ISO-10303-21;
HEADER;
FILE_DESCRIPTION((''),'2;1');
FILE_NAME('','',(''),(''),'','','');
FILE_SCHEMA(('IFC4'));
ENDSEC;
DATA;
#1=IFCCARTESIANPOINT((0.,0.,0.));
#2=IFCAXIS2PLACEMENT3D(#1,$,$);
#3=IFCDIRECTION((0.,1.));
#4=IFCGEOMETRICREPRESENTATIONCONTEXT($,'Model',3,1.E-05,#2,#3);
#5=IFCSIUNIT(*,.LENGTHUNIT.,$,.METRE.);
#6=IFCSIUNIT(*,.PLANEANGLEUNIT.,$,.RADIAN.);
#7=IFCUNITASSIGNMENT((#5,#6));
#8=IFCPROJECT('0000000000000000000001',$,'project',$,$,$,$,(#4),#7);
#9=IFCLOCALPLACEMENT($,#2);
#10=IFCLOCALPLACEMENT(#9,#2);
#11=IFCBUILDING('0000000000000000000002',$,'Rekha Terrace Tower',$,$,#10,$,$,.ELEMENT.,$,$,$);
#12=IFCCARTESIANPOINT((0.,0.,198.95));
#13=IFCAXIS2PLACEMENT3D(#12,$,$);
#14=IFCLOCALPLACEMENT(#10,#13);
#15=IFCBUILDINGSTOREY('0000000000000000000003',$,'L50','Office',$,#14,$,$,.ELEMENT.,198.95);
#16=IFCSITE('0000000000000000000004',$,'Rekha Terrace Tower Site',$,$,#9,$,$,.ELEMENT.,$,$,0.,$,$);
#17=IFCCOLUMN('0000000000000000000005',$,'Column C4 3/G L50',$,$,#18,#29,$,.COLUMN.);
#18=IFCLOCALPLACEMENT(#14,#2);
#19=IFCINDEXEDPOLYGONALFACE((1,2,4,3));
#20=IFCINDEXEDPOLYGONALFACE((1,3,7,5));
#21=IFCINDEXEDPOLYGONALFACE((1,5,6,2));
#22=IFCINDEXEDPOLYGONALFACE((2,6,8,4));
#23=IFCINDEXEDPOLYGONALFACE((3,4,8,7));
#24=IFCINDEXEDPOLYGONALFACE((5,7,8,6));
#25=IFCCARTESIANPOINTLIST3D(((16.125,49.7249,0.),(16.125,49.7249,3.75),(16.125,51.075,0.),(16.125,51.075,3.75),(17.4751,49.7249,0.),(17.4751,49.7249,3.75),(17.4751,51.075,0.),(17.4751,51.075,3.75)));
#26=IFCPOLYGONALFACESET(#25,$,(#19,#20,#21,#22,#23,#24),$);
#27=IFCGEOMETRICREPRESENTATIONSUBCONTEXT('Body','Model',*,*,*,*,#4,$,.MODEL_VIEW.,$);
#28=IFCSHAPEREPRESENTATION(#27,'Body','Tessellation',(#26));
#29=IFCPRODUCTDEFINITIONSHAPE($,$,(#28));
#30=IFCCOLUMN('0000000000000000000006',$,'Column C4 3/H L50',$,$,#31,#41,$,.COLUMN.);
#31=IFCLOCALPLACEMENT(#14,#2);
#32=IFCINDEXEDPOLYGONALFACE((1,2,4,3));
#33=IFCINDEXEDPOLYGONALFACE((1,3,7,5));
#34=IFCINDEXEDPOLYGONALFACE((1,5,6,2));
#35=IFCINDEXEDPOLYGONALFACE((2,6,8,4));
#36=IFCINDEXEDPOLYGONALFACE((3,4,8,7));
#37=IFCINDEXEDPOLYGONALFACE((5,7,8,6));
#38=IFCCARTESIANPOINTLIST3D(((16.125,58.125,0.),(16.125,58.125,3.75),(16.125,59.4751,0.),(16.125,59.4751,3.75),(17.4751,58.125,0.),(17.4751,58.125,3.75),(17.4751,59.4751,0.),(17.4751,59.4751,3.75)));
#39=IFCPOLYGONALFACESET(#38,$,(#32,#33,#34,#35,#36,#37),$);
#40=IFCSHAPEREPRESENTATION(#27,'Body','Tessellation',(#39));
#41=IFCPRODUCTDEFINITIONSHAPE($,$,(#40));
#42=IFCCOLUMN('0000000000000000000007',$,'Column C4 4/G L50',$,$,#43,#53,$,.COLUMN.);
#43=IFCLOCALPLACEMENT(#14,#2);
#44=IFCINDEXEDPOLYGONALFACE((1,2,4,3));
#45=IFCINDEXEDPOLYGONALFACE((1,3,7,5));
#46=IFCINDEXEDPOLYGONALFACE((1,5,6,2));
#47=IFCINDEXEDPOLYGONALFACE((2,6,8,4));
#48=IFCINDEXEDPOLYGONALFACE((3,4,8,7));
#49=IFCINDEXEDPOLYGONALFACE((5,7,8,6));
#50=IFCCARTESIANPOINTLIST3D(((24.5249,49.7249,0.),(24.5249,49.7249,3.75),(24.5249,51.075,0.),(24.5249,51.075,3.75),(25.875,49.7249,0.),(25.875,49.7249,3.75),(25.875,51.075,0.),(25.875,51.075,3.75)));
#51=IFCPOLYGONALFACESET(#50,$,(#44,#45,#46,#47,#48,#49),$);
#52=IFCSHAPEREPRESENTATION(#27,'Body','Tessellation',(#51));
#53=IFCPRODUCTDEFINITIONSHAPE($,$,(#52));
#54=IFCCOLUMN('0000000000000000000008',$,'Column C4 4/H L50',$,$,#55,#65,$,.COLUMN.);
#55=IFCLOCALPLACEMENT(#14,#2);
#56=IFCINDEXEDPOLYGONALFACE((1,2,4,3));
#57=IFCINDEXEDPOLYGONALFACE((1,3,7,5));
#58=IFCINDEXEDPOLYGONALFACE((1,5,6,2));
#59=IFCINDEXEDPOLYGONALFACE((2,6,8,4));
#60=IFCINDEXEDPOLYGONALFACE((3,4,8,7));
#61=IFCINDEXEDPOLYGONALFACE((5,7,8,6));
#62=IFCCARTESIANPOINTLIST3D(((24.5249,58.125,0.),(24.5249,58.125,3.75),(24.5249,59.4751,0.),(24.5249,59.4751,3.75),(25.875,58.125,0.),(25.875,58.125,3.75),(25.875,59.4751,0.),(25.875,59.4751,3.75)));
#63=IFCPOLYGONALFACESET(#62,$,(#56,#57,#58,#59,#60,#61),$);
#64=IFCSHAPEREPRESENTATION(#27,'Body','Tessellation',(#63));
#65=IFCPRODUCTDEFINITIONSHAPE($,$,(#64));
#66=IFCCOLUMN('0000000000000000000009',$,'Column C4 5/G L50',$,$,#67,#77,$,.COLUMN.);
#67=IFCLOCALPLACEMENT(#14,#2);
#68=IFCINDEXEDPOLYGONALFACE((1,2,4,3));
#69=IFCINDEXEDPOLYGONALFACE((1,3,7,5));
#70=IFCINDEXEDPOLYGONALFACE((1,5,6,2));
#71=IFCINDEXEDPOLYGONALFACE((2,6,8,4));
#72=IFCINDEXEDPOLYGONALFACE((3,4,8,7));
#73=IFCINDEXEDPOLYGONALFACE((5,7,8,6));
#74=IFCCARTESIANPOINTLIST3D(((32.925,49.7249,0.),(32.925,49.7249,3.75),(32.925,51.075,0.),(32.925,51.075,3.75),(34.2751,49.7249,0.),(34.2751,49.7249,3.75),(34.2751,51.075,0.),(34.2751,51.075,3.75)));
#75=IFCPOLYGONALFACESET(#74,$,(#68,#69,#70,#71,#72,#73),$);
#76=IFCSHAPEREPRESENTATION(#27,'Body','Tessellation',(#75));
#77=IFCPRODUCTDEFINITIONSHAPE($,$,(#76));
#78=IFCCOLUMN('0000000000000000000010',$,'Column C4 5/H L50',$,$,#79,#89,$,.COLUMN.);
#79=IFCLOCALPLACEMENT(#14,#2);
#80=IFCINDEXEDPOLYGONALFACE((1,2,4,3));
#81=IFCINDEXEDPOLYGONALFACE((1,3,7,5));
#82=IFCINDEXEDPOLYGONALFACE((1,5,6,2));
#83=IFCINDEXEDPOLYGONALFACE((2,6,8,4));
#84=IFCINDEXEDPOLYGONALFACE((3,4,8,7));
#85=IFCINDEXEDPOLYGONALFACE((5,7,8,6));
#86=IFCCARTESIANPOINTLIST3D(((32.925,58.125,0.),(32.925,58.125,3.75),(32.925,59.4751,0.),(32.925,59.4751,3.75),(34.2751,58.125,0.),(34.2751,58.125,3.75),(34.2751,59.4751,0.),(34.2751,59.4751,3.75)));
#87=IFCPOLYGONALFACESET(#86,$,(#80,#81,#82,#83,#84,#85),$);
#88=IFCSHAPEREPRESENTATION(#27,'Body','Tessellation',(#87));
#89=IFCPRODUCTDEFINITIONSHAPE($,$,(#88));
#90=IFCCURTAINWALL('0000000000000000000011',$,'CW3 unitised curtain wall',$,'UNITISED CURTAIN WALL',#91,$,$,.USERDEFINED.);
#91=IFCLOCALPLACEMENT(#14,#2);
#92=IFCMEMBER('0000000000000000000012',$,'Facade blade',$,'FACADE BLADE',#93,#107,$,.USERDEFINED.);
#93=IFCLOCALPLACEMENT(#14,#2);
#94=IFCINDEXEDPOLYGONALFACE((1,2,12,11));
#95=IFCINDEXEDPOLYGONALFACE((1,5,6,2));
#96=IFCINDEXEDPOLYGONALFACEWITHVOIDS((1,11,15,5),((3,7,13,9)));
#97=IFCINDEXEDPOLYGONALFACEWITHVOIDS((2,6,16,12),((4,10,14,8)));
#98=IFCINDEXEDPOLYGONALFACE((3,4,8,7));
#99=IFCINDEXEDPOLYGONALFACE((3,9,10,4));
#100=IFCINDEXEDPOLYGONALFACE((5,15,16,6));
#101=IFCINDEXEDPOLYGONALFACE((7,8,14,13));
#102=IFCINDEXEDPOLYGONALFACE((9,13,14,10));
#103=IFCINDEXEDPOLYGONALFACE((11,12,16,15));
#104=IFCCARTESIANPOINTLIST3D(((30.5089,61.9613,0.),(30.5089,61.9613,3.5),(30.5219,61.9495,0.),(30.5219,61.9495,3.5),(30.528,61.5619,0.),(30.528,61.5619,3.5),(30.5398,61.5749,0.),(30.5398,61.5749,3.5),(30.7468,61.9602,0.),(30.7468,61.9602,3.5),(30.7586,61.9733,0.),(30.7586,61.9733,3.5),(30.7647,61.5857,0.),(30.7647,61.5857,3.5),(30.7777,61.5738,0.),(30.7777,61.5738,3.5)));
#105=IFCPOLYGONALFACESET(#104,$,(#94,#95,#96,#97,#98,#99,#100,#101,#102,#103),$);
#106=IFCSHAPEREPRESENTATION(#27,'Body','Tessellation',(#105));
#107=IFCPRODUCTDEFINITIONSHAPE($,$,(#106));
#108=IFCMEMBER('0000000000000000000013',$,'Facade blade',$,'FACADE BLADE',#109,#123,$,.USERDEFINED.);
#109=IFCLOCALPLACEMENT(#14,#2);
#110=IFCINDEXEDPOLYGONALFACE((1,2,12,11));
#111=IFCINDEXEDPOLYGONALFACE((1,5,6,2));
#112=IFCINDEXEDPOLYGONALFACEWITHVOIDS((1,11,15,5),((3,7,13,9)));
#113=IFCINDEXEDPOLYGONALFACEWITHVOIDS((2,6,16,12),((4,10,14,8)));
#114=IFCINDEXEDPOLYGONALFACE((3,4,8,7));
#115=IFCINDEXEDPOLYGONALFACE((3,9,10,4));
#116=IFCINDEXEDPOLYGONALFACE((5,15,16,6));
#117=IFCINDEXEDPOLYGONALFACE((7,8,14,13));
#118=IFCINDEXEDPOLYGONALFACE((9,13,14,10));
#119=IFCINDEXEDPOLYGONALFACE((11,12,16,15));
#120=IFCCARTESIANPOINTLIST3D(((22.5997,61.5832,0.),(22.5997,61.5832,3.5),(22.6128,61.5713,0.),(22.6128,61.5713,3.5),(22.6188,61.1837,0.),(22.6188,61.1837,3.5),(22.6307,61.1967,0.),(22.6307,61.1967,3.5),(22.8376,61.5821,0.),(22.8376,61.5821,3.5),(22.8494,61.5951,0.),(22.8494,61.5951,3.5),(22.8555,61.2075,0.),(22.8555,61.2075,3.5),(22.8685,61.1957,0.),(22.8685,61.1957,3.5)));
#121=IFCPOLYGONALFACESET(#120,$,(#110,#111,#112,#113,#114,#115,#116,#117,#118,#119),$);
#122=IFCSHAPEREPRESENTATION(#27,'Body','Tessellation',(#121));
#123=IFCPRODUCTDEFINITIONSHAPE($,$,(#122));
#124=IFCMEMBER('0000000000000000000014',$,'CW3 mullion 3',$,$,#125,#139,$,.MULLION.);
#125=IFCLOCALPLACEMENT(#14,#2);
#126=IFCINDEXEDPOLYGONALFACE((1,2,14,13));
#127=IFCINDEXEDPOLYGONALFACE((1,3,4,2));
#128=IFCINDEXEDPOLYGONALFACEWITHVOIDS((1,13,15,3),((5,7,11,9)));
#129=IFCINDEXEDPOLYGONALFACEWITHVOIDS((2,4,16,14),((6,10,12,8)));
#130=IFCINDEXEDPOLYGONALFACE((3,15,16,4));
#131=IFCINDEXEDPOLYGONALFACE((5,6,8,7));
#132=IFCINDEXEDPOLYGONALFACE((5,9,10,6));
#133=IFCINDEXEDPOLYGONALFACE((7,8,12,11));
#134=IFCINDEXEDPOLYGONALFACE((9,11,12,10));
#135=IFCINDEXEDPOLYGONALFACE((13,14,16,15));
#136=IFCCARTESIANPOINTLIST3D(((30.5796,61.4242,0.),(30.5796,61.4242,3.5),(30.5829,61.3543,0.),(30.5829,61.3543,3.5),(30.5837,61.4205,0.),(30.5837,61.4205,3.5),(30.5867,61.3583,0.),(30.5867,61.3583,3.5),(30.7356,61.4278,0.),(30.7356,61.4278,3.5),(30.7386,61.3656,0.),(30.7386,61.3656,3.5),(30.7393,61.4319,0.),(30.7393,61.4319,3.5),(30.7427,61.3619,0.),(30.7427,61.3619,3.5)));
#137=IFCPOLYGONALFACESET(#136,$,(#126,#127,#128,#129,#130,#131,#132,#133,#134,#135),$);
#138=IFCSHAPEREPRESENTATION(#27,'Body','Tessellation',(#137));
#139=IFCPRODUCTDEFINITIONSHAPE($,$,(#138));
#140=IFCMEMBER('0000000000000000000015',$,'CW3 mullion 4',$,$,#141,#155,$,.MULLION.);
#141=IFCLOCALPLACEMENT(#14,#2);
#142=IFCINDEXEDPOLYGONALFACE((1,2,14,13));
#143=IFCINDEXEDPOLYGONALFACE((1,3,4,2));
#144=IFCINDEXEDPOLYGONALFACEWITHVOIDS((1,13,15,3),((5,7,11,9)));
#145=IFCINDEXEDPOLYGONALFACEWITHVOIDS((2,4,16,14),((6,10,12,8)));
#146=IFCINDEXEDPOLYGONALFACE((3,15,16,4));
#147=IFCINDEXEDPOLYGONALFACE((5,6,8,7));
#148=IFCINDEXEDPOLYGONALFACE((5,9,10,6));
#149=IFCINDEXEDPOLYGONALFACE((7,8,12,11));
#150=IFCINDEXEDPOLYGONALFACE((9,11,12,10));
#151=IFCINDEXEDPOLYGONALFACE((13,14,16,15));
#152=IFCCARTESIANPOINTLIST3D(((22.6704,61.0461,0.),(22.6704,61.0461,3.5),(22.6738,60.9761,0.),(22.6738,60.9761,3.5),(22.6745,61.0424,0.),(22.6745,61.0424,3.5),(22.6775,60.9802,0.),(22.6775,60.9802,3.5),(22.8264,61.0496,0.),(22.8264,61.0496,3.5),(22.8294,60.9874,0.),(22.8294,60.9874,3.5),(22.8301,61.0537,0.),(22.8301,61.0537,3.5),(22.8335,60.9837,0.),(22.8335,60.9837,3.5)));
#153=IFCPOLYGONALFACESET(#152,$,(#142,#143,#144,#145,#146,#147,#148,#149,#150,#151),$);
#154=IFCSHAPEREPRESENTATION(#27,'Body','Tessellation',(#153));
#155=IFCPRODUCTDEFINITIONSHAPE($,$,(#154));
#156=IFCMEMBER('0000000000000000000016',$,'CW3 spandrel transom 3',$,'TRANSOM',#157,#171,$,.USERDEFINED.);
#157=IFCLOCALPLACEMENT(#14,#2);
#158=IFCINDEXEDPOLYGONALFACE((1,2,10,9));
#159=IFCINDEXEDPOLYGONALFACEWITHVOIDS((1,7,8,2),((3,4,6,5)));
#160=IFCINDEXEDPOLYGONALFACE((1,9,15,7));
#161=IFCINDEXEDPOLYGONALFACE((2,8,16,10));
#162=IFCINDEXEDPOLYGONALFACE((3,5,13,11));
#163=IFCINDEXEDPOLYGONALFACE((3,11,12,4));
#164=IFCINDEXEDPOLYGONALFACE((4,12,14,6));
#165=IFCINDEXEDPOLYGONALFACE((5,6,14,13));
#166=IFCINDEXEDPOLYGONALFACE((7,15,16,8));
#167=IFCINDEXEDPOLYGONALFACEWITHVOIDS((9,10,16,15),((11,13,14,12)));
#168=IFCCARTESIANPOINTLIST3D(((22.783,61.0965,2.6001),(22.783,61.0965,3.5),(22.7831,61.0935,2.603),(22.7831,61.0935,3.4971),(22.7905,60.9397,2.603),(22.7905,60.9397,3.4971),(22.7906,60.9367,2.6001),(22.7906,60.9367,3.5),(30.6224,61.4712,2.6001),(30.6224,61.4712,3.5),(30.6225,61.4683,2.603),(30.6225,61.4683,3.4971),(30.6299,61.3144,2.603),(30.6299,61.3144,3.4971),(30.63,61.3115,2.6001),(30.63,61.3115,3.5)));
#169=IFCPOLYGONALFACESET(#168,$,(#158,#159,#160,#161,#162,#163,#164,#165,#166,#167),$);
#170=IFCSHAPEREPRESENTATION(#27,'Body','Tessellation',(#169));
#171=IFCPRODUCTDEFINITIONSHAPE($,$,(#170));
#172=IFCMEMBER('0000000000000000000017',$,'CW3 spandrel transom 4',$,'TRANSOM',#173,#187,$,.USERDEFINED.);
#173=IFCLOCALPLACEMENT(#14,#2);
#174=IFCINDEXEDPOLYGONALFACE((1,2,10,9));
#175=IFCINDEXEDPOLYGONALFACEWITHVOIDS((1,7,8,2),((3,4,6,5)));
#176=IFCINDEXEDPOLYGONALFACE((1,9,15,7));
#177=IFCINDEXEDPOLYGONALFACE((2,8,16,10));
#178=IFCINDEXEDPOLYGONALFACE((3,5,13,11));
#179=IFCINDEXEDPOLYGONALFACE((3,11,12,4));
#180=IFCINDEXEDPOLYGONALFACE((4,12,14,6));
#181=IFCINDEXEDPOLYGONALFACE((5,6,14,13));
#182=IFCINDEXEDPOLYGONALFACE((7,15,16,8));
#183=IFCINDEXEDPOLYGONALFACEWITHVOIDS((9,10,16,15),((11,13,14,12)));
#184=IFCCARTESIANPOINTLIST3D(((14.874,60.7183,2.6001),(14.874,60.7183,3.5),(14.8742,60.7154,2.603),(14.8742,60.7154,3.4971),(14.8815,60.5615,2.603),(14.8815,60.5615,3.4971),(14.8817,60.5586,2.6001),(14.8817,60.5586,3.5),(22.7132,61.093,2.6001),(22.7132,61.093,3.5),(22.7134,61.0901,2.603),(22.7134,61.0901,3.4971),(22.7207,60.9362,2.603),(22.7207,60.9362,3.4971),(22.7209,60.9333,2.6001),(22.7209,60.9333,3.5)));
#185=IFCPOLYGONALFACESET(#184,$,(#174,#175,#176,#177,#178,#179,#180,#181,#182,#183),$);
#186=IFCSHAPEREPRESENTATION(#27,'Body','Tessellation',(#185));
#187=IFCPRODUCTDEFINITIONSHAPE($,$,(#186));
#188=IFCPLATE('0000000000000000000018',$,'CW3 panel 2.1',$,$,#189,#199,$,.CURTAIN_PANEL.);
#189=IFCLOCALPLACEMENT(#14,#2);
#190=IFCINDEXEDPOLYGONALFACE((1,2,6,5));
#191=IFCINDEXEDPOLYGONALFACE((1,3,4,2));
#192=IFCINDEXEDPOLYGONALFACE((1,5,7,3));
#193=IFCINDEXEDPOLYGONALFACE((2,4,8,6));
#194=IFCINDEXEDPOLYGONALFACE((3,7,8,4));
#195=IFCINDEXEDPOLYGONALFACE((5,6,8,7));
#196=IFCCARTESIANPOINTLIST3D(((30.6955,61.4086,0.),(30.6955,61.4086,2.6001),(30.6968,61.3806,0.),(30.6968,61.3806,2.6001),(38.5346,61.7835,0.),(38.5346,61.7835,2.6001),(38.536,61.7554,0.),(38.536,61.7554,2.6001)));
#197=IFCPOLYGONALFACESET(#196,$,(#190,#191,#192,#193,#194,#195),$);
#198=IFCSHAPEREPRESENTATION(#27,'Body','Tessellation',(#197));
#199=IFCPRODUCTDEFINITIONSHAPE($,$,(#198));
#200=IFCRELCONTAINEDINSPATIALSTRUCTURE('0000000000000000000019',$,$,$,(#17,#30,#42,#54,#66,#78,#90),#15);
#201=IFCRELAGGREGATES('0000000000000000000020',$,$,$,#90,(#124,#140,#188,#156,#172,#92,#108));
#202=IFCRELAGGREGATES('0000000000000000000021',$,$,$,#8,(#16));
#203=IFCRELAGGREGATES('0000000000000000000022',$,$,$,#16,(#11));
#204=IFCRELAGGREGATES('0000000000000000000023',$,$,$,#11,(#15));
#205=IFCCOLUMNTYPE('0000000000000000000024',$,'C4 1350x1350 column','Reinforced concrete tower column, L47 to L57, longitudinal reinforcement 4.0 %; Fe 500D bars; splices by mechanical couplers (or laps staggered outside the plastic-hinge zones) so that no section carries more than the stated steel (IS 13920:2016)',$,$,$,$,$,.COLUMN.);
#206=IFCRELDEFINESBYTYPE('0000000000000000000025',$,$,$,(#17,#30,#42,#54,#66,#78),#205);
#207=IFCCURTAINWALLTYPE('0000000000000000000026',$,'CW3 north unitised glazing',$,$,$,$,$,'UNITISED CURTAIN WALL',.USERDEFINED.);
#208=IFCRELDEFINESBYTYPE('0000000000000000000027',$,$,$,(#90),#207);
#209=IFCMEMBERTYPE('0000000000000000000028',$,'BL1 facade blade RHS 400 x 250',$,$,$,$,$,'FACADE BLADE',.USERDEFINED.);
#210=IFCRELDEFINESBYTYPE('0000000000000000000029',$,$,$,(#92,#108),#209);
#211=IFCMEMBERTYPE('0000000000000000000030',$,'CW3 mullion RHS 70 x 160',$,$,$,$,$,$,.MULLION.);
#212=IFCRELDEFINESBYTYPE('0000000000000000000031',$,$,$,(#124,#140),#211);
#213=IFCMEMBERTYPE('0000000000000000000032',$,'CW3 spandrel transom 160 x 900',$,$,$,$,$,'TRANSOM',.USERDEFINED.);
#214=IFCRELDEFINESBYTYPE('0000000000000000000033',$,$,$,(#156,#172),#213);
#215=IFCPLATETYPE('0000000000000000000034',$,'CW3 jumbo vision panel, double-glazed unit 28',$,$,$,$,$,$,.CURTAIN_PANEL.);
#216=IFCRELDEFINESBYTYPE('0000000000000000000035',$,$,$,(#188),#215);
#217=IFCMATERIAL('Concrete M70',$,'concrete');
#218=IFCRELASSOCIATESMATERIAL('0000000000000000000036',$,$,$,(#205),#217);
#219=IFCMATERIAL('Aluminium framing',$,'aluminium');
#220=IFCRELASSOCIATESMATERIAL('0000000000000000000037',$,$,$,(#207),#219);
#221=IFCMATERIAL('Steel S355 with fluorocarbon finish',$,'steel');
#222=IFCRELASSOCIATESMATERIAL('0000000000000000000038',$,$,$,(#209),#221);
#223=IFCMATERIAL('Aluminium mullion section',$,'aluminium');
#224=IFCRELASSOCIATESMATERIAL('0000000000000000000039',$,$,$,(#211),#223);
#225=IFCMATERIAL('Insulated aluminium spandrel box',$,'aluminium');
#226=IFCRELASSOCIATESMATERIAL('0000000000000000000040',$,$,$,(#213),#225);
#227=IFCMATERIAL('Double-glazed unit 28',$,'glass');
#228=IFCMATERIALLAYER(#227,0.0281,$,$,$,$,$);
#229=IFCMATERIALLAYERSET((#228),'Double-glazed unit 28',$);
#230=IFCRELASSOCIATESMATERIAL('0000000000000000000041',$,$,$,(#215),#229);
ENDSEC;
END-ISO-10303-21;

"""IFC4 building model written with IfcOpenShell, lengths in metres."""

from ifc_helpers import new_model, si_unit, direction, frame, origin, origin_2d, place, context, subcontext, project, spatial, rectangle, hollow_rectangle, extrude, material, layer, layer_set, material_profile, profile_set, type_object, element, aggregate, save


model = new_model("IFC4")

# Units and contexts
model_context = context("Model", 3, precision=1e-05, world=origin(), true_north=direction((0.0, 1.0)))
body_context = subcontext(model_context, "Body", "Model", "MODEL_VIEW")
ifc_project = project(units=[si_unit("LENGTHUNIT", "METRE"), si_unit("PLANEANGLEUNIT", "RADIAN")], contexts=[model_context])

# Site, building, storey
site_placement = place(None, origin())
site = spatial("IfcSite", under=ifc_project, at=site_placement, Name="Rekha Terrace Tower Site", CompositionType="ELEMENT", RefElevation=0.0)
building_placement = place(site_placement, origin())
building = spatial("IfcBuilding", under=site, at=building_placement, Name="Rekha Terrace Tower", CompositionType="ELEMENT")
storey_placement = place(building_placement, frame((0.0, 0.0, 198.95)))
storey = spatial("IfcBuildingStorey", under=building, at=storey_placement, Name="L50", Description="Office", CompositionType="ELEMENT", Elevation=198.95)

# Columns
ifc_material_1 = material(Name="Concrete M70", Category="concrete")
ifc_material_profile_1 = material_profile(ifc_material_1, rectangle(XDim=1.3501, YDim=1.3501, at=origin_2d()), Name="RC 1350x1350")
ifc_profile_set_1 = profile_set([ifc_material_profile_1], Name="Concrete M70")
column_type = type_object("IfcColumnType", Name="C4 1350x1350 column", Description="Reinforced concrete tower column, L47 to L57, longitudinal reinforcement 4.0 %; Fe 500D bars; splices by mechanical couplers (or laps staggered outside the plastic-hinge zones) so that no section carries more than the stated steel (IS 13920:2016)", PredefinedType="COLUMN", material=ifc_profile_set_1)
for number, where, z_axis, x_axis, name in (
    (1, (16.8, 50.3999, 0.0), (0.0, 0.0, 1.0), (1.0, 0.0, 0.0), "Column C4 3/G L50"),
    (2, (16.8, 58.8, 0.0), (0.0, 0.0, 1.0), (1.0, 0.0, 0.0), "Column C4 3/H L50"),
    (3, (25.2, 50.3999, 0.0), (0.0, 0.0, 1.0), (1.0, 0.0, 0.0), "Column C4 4/G L50"),
    (4, (25.2, 58.8, 0.0), (0.0, 0.0, 1.0), (1.0, 0.0, 0.0), "Column C4 4/H L50"),
    (5, (33.6001, 50.3999, 0.0), (0.0, 0.0, 1.0), (1.0, 0.0, 0.0), "Column C4 5/G L50"),
    (6, (33.6001, 58.8, 0.0), (0.0, 0.0, 1.0), (1.0, 0.0, 0.0), "Column C4 5/H L50"),
):
    element("IfcColumn", number, at=place(storey_placement, frame(where, z_axis=z_axis, x_axis=x_axis)), inside=storey, type_object=column_type, Name=name, PredefinedType="COLUMN", context=body_context, shape_type="SweptSolid", body=[
        extrude(rectangle(XDim=1.3501, YDim=1.3501, at=origin_2d()), origin(), (0.0, 0.0, 1.0), 3.75),
    ])

# Curtain wall, members, plate
ifc_material_2 = material(Name="Aluminium framing", Category="aluminium")
curtain_wall_type = type_object("IfcCurtainWallType", Name="CW3 north unitised glazing", ElementType="UNITISED CURTAIN WALL", PredefinedType="USERDEFINED", material=ifc_material_2)
curtain_wall_placement = place(storey_placement, origin())
curtain_wall = element("IfcCurtainWall", 7, at=curtain_wall_placement, inside=storey, type_object=curtain_wall_type, Name="CW3 unitised curtain wall", ObjectType="UNITISED CURTAIN WALL", PredefinedType="USERDEFINED")
ifc_material_3 = material(Name="Steel S355 with fluorocarbon finish", Category="steel")
ifc_material_profile_2 = material_profile(ifc_material_3, hollow_rectangle(XDim=0.25, YDim=0.3999, WallThickness=0.0125, at=origin_2d()), Name="RHS400x250x12.5")
ifc_profile_set_2 = profile_set([ifc_material_profile_2], Name="Steel S355 with fluorocarbon finish")
member_type_1 = type_object("IfcMemberType", Name="BL1 facade blade RHS 400 x 250", ElementType="FACADE BLADE", PredefinedType="USERDEFINED", material=ifc_profile_set_2)
member_1_placement = place(storey_placement, frame((30.6433, 61.7676, 0.0), z_axis=(0.0, 0.0, 1.0), x_axis=(-0.998859, -0.047758, 0.0)))
member_1 = element("IfcMember", 8, at=member_1_placement, type_object=member_type_1, Name="Facade blade", ObjectType="FACADE BLADE", PredefinedType="USERDEFINED", context=body_context, shape_type="SweptSolid", body=[
    extrude(hollow_rectangle(XDim=0.25, YDim=0.3999, WallThickness=0.0125, at=origin_2d()), origin(), (0.0, 0.0, 1.0), 3.5),
])
member_2_placement = place(storey_placement, frame((22.7341, 61.3894, 0.0), z_axis=(0.0, 0.0, 1.0), x_axis=(-0.998859, -0.047758, 0.0)))
member_2 = element("IfcMember", 9, at=member_2_placement, type_object=member_type_1, Name="Facade blade", ObjectType="FACADE BLADE", PredefinedType="USERDEFINED", context=body_context, shape_type="SweptSolid", body=[
    extrude(hollow_rectangle(XDim=0.25, YDim=0.3999, WallThickness=0.0125, at=origin_2d()), origin(), (0.0, 0.0, 1.0), 3.5),
])
ifc_material_4 = material(Name="Aluminium mullion section", Category="aluminium")
ifc_material_profile_3 = material_profile(ifc_material_4, hollow_rectangle(XDim=0.0701, YDim=0.1599, WallThickness=0.0039, at=origin_2d()), Name="AL RHS 70x160")
ifc_profile_set_3 = profile_set([ifc_material_profile_3], Name="Aluminium mullion section")
member_type_2 = type_object("IfcMemberType", Name="CW3 mullion RHS 70 x 160", PredefinedType="MULLION", material=ifc_profile_set_3)
member_3_placement = place(storey_placement, frame((30.6611, 61.3931, 0.0), z_axis=(0.0, 0.0, 1.0), x_axis=(0.047759, -0.998859, 0.0)))
member_3 = element("IfcMember", 10, at=member_3_placement, type_object=member_type_2, Name="CW3 mullion 3", PredefinedType="MULLION", context=body_context, shape_type="SweptSolid", body=[
    extrude(hollow_rectangle(XDim=0.0701, YDim=0.1599, WallThickness=0.0039, at=origin_2d()), origin(), (0.0, 0.0, 1.0), 3.5),
])
member_4_placement = place(storey_placement, frame((22.752, 61.0149, 0.0), z_axis=(0.0, 0.0, 1.0), x_axis=(0.047759, -0.998859, 0.0)))
member_4 = element("IfcMember", 11, at=member_4_placement, type_object=member_type_2, Name="CW3 mullion 4", PredefinedType="MULLION", context=body_context, shape_type="SweptSolid", body=[
    extrude(hollow_rectangle(XDim=0.0701, YDim=0.1599, WallThickness=0.0039, at=origin_2d()), origin(), (0.0, 0.0, 1.0), 3.5),
])
ifc_material_5 = material(Name="Insulated aluminium spandrel box", Category="aluminium")
ifc_material_profile_4 = material_profile(ifc_material_5, hollow_rectangle(XDim=0.1599, YDim=0.8999, WallThickness=0.0029, at=origin_2d()), Name="AL SPANDREL BOX 160x900")
ifc_profile_set_4 = profile_set([ifc_material_profile_4], Name="Insulated aluminium spandrel box")
member_type_3 = type_object("IfcMemberType", Name="CW3 spandrel transom 160 x 900", ElementType="TRANSOM", PredefinedType="USERDEFINED", material=ifc_profile_set_4)
member_5_placement = place(storey_placement, frame((30.6262, 61.3914, 3.05), z_axis=(-0.998859, -0.04775, 0.0), x_axis=(0.04775, -0.998859, 0.0)))
member_5 = element("IfcMember", 12, at=member_5_placement, type_object=member_type_3, Name="CW3 spandrel transom 3", ObjectType="TRANSOM", PredefinedType="USERDEFINED", context=body_context, shape_type="SweptSolid", body=[
    extrude(hollow_rectangle(XDim=0.1599, YDim=0.8999, WallThickness=0.0029, at=origin_2d()), origin(), (0.0, 0.0, 1.0), 7.8484),
])
member_6_placement = place(storey_placement, frame((22.717, 61.0132, 3.05), z_axis=(-0.998859, -0.047751, 0.0), x_axis=(0.047751, -0.998859, 0.0)))
member_6 = element("IfcMember", 13, at=member_6_placement, type_object=member_type_3, Name="CW3 spandrel transom 4", ObjectType="TRANSOM", PredefinedType="USERDEFINED", context=body_context, shape_type="SweptSolid", body=[
    extrude(hollow_rectangle(XDim=0.1599, YDim=0.8999, WallThickness=0.0029, at=origin_2d()), origin(), (0.0, 0.0, 1.0), 7.8481),
])
ifc_material_6 = material(Name="Double-glazed unit 28", Category="glass")
ifc_layer_1 = layer(ifc_material_6, 0.0281)
ifc_layer_set_1 = layer_set([ifc_layer_1], Name="Double-glazed unit 28")
plate_type = type_object("IfcPlateType", Name="CW3 jumbo vision panel, double-glazed unit 28", PredefinedType="CURTAIN_PANEL", material=ifc_layer_set_1)
plate_1_placement = place(storey_placement, frame((34.6157, 61.582, 0.0), z_axis=(0.0, 0.0, 1.0), x_axis=(-0.998859, -0.047759, 0.0)))
plate_1 = element("IfcPlate", 14, at=plate_1_placement, type_object=plate_type, Name="CW3 panel 2.1", PredefinedType="CURTAIN_PANEL", context=body_context, shape_type="SweptSolid", body=[
    extrude(rectangle(XDim=7.8481, YDim=0.0281, at=origin_2d()), origin(), (0.0, 0.0, 1.0), 2.6001),
])
aggregate(curtain_wall, [member_3, member_4, plate_1, member_5, member_6, member_1, member_2])

save(model, "model.ifc")
